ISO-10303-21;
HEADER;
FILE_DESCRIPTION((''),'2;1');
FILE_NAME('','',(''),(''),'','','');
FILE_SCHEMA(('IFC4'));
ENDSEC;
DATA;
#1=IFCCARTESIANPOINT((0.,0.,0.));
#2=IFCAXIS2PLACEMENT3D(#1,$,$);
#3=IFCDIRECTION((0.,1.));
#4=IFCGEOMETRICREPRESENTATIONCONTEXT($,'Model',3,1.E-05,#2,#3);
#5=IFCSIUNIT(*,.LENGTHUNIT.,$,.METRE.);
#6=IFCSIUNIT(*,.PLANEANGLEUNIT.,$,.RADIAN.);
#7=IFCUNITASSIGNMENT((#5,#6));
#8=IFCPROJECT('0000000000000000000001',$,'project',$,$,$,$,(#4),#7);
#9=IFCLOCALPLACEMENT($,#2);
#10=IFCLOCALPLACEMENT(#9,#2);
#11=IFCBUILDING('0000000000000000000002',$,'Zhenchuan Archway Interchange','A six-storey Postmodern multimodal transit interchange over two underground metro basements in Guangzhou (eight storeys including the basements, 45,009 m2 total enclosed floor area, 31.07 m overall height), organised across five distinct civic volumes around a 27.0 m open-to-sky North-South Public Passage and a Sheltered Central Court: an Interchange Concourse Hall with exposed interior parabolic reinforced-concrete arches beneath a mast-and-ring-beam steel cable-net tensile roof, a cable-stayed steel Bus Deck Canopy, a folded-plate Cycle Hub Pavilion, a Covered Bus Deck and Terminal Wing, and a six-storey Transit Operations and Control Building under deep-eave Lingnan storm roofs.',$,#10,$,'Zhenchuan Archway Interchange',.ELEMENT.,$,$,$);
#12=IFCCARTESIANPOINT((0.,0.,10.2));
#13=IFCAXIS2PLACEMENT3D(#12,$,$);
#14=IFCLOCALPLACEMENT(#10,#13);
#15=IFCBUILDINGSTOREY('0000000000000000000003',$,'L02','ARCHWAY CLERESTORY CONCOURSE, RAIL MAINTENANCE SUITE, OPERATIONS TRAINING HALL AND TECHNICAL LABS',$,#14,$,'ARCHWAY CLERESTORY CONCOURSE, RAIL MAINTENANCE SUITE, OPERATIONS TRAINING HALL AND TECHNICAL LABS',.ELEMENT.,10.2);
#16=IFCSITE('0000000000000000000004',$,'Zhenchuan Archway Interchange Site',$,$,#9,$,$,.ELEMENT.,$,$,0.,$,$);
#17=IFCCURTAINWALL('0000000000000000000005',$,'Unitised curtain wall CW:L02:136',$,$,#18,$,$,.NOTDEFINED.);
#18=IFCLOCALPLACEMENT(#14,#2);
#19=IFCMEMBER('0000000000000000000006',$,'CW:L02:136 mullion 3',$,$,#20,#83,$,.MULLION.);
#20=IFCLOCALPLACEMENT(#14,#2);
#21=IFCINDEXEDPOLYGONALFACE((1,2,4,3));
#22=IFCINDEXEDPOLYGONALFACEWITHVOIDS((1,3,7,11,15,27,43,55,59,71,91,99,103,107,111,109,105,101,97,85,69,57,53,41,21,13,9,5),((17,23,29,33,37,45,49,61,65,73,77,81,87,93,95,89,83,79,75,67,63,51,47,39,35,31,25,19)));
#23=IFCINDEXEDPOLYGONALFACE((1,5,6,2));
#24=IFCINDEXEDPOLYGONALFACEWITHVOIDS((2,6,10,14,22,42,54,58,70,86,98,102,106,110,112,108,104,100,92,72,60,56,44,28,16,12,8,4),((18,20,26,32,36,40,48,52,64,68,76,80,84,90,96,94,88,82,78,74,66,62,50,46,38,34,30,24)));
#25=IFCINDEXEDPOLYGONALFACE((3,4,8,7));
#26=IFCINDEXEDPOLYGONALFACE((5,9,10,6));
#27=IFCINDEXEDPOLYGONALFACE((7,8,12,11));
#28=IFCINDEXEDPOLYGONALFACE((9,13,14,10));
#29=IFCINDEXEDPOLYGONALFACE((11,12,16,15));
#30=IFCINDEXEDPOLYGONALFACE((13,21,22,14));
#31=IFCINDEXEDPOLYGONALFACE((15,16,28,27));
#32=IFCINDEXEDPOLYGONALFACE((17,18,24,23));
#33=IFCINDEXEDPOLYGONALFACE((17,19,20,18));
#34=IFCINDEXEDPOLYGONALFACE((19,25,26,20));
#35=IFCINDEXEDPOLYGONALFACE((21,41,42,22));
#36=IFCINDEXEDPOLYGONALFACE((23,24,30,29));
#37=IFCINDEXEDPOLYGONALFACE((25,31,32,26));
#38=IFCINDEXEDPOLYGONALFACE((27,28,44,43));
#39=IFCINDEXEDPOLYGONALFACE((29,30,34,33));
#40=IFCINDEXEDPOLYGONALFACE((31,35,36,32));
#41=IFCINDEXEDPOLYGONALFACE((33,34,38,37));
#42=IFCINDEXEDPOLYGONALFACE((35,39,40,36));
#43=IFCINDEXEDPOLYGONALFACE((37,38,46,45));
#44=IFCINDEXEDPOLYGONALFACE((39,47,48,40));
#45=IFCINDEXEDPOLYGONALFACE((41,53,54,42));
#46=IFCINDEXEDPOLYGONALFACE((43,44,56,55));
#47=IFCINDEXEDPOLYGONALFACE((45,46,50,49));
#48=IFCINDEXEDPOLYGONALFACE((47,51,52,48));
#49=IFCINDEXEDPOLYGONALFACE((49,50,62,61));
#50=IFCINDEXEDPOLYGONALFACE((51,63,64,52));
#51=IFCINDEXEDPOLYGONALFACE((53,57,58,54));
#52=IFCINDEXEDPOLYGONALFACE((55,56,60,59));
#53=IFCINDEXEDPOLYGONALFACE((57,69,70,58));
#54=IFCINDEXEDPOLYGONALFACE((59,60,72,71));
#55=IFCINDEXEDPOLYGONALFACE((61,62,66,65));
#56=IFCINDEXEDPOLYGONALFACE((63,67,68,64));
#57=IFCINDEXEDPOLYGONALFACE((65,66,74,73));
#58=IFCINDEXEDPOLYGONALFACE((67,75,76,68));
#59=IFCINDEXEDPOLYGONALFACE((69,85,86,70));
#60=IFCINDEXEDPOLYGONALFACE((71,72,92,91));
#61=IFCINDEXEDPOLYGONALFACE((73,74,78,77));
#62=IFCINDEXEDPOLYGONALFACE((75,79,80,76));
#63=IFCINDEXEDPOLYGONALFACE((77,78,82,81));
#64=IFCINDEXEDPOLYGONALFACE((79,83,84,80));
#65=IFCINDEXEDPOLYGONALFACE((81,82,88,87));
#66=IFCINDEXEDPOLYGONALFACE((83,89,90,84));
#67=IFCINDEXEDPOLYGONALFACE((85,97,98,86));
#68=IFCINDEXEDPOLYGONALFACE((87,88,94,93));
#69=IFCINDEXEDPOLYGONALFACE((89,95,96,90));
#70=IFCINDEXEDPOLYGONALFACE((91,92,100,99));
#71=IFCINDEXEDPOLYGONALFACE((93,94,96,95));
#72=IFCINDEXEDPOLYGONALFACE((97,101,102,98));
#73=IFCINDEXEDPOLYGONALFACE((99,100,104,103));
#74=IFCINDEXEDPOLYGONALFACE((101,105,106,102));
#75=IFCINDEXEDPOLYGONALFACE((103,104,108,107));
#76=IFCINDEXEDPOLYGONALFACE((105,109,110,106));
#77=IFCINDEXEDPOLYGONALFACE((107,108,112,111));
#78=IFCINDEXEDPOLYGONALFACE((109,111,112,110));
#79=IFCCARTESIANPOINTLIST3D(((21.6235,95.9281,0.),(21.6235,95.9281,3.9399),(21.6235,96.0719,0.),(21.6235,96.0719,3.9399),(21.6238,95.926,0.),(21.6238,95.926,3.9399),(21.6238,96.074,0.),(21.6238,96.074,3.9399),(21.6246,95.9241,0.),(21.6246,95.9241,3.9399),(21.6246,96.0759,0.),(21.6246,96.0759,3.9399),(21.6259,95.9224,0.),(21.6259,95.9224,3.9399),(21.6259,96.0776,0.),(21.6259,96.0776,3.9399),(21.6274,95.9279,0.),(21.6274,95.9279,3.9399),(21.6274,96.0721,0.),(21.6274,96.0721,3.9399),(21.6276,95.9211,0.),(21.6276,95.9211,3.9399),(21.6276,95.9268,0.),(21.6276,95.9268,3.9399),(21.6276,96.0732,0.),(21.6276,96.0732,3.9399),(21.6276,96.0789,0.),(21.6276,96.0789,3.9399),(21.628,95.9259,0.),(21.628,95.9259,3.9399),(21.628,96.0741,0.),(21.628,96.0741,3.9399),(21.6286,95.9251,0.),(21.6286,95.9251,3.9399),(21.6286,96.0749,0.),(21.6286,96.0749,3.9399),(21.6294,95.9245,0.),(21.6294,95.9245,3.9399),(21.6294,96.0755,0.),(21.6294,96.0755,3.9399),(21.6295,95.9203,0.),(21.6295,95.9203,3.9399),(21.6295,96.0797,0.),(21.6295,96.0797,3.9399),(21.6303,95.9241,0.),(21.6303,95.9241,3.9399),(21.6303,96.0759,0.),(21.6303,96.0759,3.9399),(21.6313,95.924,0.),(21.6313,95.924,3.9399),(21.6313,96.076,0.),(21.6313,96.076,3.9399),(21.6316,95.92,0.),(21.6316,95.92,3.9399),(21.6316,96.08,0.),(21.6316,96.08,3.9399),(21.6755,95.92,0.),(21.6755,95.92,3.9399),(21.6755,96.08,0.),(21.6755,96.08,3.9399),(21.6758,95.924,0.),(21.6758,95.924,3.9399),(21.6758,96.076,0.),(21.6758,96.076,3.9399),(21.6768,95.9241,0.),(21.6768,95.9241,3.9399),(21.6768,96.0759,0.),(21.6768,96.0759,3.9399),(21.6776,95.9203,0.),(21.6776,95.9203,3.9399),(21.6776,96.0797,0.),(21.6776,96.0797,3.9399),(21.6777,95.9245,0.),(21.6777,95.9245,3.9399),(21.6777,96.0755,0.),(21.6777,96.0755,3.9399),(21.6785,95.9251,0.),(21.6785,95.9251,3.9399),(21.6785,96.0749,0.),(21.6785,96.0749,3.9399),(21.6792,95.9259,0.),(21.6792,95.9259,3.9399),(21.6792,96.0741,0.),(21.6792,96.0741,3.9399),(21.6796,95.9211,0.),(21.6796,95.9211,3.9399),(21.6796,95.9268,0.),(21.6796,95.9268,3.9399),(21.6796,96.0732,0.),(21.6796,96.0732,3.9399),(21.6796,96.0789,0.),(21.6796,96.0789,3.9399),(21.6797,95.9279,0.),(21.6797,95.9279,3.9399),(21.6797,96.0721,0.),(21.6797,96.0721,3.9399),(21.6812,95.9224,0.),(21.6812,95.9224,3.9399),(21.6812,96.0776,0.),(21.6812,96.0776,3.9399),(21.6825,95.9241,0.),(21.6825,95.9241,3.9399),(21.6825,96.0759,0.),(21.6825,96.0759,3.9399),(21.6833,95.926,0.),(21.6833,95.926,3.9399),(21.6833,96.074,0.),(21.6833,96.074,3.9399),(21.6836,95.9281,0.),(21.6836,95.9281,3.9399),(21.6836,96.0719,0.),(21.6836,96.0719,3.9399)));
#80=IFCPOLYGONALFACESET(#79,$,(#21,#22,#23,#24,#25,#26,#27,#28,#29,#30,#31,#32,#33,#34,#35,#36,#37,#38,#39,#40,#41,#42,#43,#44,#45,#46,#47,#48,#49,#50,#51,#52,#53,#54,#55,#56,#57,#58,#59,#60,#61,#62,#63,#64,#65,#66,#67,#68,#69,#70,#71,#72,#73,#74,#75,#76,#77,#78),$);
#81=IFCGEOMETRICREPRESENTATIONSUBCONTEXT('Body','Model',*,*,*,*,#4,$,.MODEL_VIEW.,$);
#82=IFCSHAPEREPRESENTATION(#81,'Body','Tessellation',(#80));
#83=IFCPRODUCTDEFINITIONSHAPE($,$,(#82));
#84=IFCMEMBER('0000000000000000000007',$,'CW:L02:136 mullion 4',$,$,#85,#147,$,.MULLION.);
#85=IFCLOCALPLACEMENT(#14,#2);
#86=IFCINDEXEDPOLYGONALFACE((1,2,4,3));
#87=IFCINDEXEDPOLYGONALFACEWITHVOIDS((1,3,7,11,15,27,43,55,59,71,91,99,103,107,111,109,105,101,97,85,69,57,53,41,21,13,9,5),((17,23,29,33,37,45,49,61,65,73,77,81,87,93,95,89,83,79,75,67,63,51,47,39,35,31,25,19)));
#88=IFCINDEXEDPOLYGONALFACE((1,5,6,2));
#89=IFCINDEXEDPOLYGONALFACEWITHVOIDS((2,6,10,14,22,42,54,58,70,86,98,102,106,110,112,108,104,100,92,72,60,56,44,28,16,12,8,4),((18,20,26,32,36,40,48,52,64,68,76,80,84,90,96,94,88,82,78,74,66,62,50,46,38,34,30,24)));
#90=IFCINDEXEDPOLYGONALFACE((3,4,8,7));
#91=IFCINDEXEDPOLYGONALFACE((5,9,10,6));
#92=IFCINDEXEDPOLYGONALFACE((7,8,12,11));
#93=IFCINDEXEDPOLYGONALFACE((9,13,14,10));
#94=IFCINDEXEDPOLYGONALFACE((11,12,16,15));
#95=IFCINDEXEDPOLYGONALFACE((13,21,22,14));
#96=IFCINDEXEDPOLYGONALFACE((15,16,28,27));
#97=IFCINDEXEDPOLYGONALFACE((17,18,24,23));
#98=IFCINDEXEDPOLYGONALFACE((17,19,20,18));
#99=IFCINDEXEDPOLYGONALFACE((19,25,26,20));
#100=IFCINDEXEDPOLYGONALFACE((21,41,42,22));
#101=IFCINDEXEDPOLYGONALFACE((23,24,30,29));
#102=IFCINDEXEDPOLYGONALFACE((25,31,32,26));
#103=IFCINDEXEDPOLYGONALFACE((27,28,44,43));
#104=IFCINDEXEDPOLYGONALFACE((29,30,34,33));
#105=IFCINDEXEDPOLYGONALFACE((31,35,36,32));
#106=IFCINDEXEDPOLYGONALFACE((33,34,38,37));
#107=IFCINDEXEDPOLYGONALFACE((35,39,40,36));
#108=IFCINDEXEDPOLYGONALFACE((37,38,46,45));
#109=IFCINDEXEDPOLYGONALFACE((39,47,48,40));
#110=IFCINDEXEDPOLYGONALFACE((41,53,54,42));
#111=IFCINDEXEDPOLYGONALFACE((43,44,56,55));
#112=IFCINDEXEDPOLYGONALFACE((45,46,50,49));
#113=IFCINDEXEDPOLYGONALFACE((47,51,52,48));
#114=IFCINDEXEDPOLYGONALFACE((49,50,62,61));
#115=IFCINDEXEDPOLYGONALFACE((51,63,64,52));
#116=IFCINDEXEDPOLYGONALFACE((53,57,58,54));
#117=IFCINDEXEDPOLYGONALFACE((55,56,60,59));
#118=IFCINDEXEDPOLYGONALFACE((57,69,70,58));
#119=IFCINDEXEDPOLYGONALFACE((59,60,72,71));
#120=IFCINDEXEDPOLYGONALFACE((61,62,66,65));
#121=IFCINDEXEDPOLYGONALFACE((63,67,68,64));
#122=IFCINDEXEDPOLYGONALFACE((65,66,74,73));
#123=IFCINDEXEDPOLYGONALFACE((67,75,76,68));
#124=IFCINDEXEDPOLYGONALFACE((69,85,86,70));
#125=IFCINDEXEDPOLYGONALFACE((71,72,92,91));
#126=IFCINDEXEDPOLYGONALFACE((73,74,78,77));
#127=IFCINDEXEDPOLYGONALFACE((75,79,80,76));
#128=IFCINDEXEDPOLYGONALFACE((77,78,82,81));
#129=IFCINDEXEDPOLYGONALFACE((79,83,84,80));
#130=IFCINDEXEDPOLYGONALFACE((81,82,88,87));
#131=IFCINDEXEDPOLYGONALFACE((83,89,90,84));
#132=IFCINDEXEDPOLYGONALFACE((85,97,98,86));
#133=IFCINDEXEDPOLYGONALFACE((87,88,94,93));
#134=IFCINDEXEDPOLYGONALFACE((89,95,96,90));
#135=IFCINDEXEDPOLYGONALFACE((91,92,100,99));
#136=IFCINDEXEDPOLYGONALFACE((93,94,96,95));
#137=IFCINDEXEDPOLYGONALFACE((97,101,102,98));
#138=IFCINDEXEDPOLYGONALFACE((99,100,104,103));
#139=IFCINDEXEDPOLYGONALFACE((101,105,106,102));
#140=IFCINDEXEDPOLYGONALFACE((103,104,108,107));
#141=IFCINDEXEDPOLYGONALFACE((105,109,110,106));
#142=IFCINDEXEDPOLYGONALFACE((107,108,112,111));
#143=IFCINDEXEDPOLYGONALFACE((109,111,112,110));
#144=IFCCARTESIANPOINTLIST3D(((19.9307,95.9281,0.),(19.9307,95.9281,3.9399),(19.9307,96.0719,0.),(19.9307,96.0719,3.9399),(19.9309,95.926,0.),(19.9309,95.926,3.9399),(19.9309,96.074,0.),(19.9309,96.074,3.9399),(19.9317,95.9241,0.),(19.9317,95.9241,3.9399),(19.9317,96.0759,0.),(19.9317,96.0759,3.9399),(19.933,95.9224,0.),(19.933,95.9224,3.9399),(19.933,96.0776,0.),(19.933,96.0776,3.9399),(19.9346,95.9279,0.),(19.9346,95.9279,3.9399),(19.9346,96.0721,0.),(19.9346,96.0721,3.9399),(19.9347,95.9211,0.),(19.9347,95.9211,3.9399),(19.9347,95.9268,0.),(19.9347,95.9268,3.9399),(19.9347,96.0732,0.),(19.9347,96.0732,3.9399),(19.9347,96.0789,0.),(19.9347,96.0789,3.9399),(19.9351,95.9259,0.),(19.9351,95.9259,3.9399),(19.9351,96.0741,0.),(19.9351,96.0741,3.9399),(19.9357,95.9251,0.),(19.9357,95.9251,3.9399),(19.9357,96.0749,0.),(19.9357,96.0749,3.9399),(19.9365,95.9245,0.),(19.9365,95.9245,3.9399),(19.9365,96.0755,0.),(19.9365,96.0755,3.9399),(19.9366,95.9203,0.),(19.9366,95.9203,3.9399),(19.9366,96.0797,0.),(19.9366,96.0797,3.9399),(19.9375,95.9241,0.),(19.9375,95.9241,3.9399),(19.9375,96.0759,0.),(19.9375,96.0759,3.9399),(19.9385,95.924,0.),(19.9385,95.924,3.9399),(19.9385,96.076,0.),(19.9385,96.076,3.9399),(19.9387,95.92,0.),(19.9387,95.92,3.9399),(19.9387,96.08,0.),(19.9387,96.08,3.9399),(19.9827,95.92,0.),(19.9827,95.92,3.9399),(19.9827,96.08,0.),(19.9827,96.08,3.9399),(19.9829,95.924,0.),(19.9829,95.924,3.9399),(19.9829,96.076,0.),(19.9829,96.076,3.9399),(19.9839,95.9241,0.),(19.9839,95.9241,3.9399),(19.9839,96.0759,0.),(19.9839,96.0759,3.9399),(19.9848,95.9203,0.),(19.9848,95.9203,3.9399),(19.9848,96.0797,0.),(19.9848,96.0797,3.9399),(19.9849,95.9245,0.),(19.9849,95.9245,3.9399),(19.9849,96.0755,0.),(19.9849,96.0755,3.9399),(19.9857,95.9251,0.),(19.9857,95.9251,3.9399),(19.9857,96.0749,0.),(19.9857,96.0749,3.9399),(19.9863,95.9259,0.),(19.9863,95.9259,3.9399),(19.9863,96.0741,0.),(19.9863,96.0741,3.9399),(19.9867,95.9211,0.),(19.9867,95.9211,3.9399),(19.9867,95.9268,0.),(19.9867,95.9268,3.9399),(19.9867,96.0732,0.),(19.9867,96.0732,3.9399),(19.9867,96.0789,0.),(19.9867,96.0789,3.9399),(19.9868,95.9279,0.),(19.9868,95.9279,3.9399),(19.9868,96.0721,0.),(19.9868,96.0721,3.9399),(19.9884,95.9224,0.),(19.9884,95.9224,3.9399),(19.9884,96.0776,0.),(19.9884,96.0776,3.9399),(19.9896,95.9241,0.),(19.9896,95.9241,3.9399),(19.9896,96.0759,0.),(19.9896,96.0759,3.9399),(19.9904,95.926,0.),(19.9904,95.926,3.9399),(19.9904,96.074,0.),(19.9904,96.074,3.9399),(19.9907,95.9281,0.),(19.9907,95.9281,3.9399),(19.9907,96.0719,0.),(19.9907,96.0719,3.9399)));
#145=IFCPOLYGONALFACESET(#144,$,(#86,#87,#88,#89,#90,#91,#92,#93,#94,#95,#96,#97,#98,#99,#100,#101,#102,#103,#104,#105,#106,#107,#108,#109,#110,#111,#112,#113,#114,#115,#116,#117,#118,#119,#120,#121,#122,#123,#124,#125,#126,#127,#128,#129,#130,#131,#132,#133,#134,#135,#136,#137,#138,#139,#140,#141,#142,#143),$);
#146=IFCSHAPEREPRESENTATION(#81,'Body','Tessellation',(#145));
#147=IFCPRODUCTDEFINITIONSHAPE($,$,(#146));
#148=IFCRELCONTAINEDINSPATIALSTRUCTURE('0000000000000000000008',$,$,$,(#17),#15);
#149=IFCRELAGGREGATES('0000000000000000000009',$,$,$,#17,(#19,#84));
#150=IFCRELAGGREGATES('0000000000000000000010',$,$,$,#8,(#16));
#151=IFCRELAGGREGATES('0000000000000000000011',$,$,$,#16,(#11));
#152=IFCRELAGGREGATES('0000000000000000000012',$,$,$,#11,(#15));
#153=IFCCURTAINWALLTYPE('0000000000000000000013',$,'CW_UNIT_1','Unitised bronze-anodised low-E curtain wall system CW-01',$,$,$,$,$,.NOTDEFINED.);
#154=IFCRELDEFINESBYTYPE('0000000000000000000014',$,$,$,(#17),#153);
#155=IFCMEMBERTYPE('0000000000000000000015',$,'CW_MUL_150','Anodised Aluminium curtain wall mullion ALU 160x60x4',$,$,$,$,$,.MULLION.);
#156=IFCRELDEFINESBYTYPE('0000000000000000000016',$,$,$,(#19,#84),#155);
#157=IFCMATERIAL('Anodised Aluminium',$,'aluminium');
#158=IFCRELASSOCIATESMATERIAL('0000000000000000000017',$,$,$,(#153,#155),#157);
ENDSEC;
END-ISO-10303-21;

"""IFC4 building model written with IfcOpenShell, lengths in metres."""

from ifc_helpers import new_model, si_unit, direction, frame, origin, origin_2d, place, context, subcontext, project, spatial, hollow_rectangle, extrude, material, material_profile, profile_set, type_object, element, aggregate, save


model = new_model("IFC4")

# Units and contexts
model_context = context("Model", 3, precision=1e-05, world=origin(), true_north=direction((0.0, 1.0)))
body_context = subcontext(model_context, "Body", "Model", "MODEL_VIEW")
ifc_project = project(units=[si_unit("LENGTHUNIT", "METRE"), si_unit("PLANEANGLEUNIT", "RADIAN")], contexts=[model_context])

# Site, building, storey
site_placement = place(None, origin())
site = spatial("IfcSite", under=ifc_project, at=site_placement, Name="Zhenchuan Archway Interchange Site", CompositionType="ELEMENT", RefElevation=0.0)
building_placement = place(site_placement, origin())
building = spatial("IfcBuilding", under=site, at=building_placement, Name="Zhenchuan Archway Interchange", Description="A six-storey Postmodern multimodal transit interchange over two underground metro basements in Guangzhou (eight storeys including the basements, 45,009 m2 total enclosed floor area, 31.07 m overall height), organised across five distinct civic volumes around a 27.0 m open-to-sky North-South Public Passage and a Sheltered Central Court: an Interchange Concourse Hall with exposed interior parabolic reinforced-concrete arches beneath a mast-and-ring-beam steel cable-net tensile roof, a cable-stayed steel Bus Deck Canopy, a folded-plate Cycle Hub Pavilion, a Covered Bus Deck and Terminal Wing, and a six-storey Transit Operations and Control Building under deep-eave Lingnan storm roofs.", LongName="Zhenchuan Archway Interchange", CompositionType="ELEMENT")
storey_placement = place(building_placement, frame((0.0, 0.0, 10.2)))
storey = spatial("IfcBuildingStorey", under=building, at=storey_placement, Name="L02", Description="ARCHWAY CLERESTORY CONCOURSE, RAIL MAINTENANCE SUITE, OPERATIONS TRAINING HALL AND TECHNICAL LABS", LongName="ARCHWAY CLERESTORY CONCOURSE, RAIL MAINTENANCE SUITE, OPERATIONS TRAINING HALL AND TECHNICAL LABS", CompositionType="ELEMENT", Elevation=10.2)

# Curtain wall, members
ifc_material_1 = material(Name="Anodised Aluminium", Category="aluminium")
curtain_wall_type = type_object("IfcCurtainWallType", Name="CW_UNIT_1", Description="Unitised bronze-anodised low-E curtain wall system CW-01", PredefinedType="NOTDEFINED", material=ifc_material_1)
curtain_wall_placement = place(storey_placement, origin())
curtain_wall = element("IfcCurtainWall", 1, at=curtain_wall_placement, inside=storey, type_object=curtain_wall_type, Name="Unitised curtain wall CW:L02:136", PredefinedType="NOTDEFINED")
ifc_material_profile_1 = material_profile(ifc_material_1, hollow_rectangle(XDim=0.0601, YDim=0.1599, WallThickness=0.0039, InnerFilletRadius=0.0039, OuterFilletRadius=0.0081, at=origin_2d()), Name="ALU 160x60x4")
ifc_profile_set_1 = profile_set([ifc_material_profile_1], Name="Anodised Aluminium")
member_type_1 = type_object("IfcMemberType", Name="CW_MUL_150", Description="Anodised Aluminium curtain wall mullion ALU 160x60x4", PredefinedType="MULLION", material=ifc_profile_set_1)
member_1_placement = place(storey_placement, frame((21.6536, 96.0, 0.0), z_axis=(0.0, 0.0, 1.0), x_axis=(1.0, 0.0, 0.0)))
member_1 = element("IfcMember", 2, at=member_1_placement, type_object=member_type_1, Name="CW:L02:136 mullion 3", PredefinedType="MULLION", context=body_context, shape_type="SweptSolid", body=[
    extrude(hollow_rectangle(XDim=0.0601, YDim=0.1599, WallThickness=0.0039, InnerFilletRadius=0.0039, OuterFilletRadius=0.0081, at=origin_2d()), origin(), (0.0, 0.0, 1.0), 3.9399),
])
member_2_placement = place(storey_placement, frame((19.9607, 96.0, 0.0), z_axis=(0.0, 0.0, 1.0), x_axis=(1.0, 0.0, 0.0)))
member_2 = element("IfcMember", 3, at=member_2_placement, type_object=member_type_1, Name="CW:L02:136 mullion 4", PredefinedType="MULLION", context=body_context, shape_type="SweptSolid", body=[
    extrude(hollow_rectangle(XDim=0.0601, YDim=0.1599, WallThickness=0.0039, InnerFilletRadius=0.0039, OuterFilletRadius=0.0081, at=origin_2d()), origin(), (0.0, 0.0, 1.0), 3.9399),
])

aggregate(curtain_wall, [member_1, member_2])

save(model, "model.ifc")
